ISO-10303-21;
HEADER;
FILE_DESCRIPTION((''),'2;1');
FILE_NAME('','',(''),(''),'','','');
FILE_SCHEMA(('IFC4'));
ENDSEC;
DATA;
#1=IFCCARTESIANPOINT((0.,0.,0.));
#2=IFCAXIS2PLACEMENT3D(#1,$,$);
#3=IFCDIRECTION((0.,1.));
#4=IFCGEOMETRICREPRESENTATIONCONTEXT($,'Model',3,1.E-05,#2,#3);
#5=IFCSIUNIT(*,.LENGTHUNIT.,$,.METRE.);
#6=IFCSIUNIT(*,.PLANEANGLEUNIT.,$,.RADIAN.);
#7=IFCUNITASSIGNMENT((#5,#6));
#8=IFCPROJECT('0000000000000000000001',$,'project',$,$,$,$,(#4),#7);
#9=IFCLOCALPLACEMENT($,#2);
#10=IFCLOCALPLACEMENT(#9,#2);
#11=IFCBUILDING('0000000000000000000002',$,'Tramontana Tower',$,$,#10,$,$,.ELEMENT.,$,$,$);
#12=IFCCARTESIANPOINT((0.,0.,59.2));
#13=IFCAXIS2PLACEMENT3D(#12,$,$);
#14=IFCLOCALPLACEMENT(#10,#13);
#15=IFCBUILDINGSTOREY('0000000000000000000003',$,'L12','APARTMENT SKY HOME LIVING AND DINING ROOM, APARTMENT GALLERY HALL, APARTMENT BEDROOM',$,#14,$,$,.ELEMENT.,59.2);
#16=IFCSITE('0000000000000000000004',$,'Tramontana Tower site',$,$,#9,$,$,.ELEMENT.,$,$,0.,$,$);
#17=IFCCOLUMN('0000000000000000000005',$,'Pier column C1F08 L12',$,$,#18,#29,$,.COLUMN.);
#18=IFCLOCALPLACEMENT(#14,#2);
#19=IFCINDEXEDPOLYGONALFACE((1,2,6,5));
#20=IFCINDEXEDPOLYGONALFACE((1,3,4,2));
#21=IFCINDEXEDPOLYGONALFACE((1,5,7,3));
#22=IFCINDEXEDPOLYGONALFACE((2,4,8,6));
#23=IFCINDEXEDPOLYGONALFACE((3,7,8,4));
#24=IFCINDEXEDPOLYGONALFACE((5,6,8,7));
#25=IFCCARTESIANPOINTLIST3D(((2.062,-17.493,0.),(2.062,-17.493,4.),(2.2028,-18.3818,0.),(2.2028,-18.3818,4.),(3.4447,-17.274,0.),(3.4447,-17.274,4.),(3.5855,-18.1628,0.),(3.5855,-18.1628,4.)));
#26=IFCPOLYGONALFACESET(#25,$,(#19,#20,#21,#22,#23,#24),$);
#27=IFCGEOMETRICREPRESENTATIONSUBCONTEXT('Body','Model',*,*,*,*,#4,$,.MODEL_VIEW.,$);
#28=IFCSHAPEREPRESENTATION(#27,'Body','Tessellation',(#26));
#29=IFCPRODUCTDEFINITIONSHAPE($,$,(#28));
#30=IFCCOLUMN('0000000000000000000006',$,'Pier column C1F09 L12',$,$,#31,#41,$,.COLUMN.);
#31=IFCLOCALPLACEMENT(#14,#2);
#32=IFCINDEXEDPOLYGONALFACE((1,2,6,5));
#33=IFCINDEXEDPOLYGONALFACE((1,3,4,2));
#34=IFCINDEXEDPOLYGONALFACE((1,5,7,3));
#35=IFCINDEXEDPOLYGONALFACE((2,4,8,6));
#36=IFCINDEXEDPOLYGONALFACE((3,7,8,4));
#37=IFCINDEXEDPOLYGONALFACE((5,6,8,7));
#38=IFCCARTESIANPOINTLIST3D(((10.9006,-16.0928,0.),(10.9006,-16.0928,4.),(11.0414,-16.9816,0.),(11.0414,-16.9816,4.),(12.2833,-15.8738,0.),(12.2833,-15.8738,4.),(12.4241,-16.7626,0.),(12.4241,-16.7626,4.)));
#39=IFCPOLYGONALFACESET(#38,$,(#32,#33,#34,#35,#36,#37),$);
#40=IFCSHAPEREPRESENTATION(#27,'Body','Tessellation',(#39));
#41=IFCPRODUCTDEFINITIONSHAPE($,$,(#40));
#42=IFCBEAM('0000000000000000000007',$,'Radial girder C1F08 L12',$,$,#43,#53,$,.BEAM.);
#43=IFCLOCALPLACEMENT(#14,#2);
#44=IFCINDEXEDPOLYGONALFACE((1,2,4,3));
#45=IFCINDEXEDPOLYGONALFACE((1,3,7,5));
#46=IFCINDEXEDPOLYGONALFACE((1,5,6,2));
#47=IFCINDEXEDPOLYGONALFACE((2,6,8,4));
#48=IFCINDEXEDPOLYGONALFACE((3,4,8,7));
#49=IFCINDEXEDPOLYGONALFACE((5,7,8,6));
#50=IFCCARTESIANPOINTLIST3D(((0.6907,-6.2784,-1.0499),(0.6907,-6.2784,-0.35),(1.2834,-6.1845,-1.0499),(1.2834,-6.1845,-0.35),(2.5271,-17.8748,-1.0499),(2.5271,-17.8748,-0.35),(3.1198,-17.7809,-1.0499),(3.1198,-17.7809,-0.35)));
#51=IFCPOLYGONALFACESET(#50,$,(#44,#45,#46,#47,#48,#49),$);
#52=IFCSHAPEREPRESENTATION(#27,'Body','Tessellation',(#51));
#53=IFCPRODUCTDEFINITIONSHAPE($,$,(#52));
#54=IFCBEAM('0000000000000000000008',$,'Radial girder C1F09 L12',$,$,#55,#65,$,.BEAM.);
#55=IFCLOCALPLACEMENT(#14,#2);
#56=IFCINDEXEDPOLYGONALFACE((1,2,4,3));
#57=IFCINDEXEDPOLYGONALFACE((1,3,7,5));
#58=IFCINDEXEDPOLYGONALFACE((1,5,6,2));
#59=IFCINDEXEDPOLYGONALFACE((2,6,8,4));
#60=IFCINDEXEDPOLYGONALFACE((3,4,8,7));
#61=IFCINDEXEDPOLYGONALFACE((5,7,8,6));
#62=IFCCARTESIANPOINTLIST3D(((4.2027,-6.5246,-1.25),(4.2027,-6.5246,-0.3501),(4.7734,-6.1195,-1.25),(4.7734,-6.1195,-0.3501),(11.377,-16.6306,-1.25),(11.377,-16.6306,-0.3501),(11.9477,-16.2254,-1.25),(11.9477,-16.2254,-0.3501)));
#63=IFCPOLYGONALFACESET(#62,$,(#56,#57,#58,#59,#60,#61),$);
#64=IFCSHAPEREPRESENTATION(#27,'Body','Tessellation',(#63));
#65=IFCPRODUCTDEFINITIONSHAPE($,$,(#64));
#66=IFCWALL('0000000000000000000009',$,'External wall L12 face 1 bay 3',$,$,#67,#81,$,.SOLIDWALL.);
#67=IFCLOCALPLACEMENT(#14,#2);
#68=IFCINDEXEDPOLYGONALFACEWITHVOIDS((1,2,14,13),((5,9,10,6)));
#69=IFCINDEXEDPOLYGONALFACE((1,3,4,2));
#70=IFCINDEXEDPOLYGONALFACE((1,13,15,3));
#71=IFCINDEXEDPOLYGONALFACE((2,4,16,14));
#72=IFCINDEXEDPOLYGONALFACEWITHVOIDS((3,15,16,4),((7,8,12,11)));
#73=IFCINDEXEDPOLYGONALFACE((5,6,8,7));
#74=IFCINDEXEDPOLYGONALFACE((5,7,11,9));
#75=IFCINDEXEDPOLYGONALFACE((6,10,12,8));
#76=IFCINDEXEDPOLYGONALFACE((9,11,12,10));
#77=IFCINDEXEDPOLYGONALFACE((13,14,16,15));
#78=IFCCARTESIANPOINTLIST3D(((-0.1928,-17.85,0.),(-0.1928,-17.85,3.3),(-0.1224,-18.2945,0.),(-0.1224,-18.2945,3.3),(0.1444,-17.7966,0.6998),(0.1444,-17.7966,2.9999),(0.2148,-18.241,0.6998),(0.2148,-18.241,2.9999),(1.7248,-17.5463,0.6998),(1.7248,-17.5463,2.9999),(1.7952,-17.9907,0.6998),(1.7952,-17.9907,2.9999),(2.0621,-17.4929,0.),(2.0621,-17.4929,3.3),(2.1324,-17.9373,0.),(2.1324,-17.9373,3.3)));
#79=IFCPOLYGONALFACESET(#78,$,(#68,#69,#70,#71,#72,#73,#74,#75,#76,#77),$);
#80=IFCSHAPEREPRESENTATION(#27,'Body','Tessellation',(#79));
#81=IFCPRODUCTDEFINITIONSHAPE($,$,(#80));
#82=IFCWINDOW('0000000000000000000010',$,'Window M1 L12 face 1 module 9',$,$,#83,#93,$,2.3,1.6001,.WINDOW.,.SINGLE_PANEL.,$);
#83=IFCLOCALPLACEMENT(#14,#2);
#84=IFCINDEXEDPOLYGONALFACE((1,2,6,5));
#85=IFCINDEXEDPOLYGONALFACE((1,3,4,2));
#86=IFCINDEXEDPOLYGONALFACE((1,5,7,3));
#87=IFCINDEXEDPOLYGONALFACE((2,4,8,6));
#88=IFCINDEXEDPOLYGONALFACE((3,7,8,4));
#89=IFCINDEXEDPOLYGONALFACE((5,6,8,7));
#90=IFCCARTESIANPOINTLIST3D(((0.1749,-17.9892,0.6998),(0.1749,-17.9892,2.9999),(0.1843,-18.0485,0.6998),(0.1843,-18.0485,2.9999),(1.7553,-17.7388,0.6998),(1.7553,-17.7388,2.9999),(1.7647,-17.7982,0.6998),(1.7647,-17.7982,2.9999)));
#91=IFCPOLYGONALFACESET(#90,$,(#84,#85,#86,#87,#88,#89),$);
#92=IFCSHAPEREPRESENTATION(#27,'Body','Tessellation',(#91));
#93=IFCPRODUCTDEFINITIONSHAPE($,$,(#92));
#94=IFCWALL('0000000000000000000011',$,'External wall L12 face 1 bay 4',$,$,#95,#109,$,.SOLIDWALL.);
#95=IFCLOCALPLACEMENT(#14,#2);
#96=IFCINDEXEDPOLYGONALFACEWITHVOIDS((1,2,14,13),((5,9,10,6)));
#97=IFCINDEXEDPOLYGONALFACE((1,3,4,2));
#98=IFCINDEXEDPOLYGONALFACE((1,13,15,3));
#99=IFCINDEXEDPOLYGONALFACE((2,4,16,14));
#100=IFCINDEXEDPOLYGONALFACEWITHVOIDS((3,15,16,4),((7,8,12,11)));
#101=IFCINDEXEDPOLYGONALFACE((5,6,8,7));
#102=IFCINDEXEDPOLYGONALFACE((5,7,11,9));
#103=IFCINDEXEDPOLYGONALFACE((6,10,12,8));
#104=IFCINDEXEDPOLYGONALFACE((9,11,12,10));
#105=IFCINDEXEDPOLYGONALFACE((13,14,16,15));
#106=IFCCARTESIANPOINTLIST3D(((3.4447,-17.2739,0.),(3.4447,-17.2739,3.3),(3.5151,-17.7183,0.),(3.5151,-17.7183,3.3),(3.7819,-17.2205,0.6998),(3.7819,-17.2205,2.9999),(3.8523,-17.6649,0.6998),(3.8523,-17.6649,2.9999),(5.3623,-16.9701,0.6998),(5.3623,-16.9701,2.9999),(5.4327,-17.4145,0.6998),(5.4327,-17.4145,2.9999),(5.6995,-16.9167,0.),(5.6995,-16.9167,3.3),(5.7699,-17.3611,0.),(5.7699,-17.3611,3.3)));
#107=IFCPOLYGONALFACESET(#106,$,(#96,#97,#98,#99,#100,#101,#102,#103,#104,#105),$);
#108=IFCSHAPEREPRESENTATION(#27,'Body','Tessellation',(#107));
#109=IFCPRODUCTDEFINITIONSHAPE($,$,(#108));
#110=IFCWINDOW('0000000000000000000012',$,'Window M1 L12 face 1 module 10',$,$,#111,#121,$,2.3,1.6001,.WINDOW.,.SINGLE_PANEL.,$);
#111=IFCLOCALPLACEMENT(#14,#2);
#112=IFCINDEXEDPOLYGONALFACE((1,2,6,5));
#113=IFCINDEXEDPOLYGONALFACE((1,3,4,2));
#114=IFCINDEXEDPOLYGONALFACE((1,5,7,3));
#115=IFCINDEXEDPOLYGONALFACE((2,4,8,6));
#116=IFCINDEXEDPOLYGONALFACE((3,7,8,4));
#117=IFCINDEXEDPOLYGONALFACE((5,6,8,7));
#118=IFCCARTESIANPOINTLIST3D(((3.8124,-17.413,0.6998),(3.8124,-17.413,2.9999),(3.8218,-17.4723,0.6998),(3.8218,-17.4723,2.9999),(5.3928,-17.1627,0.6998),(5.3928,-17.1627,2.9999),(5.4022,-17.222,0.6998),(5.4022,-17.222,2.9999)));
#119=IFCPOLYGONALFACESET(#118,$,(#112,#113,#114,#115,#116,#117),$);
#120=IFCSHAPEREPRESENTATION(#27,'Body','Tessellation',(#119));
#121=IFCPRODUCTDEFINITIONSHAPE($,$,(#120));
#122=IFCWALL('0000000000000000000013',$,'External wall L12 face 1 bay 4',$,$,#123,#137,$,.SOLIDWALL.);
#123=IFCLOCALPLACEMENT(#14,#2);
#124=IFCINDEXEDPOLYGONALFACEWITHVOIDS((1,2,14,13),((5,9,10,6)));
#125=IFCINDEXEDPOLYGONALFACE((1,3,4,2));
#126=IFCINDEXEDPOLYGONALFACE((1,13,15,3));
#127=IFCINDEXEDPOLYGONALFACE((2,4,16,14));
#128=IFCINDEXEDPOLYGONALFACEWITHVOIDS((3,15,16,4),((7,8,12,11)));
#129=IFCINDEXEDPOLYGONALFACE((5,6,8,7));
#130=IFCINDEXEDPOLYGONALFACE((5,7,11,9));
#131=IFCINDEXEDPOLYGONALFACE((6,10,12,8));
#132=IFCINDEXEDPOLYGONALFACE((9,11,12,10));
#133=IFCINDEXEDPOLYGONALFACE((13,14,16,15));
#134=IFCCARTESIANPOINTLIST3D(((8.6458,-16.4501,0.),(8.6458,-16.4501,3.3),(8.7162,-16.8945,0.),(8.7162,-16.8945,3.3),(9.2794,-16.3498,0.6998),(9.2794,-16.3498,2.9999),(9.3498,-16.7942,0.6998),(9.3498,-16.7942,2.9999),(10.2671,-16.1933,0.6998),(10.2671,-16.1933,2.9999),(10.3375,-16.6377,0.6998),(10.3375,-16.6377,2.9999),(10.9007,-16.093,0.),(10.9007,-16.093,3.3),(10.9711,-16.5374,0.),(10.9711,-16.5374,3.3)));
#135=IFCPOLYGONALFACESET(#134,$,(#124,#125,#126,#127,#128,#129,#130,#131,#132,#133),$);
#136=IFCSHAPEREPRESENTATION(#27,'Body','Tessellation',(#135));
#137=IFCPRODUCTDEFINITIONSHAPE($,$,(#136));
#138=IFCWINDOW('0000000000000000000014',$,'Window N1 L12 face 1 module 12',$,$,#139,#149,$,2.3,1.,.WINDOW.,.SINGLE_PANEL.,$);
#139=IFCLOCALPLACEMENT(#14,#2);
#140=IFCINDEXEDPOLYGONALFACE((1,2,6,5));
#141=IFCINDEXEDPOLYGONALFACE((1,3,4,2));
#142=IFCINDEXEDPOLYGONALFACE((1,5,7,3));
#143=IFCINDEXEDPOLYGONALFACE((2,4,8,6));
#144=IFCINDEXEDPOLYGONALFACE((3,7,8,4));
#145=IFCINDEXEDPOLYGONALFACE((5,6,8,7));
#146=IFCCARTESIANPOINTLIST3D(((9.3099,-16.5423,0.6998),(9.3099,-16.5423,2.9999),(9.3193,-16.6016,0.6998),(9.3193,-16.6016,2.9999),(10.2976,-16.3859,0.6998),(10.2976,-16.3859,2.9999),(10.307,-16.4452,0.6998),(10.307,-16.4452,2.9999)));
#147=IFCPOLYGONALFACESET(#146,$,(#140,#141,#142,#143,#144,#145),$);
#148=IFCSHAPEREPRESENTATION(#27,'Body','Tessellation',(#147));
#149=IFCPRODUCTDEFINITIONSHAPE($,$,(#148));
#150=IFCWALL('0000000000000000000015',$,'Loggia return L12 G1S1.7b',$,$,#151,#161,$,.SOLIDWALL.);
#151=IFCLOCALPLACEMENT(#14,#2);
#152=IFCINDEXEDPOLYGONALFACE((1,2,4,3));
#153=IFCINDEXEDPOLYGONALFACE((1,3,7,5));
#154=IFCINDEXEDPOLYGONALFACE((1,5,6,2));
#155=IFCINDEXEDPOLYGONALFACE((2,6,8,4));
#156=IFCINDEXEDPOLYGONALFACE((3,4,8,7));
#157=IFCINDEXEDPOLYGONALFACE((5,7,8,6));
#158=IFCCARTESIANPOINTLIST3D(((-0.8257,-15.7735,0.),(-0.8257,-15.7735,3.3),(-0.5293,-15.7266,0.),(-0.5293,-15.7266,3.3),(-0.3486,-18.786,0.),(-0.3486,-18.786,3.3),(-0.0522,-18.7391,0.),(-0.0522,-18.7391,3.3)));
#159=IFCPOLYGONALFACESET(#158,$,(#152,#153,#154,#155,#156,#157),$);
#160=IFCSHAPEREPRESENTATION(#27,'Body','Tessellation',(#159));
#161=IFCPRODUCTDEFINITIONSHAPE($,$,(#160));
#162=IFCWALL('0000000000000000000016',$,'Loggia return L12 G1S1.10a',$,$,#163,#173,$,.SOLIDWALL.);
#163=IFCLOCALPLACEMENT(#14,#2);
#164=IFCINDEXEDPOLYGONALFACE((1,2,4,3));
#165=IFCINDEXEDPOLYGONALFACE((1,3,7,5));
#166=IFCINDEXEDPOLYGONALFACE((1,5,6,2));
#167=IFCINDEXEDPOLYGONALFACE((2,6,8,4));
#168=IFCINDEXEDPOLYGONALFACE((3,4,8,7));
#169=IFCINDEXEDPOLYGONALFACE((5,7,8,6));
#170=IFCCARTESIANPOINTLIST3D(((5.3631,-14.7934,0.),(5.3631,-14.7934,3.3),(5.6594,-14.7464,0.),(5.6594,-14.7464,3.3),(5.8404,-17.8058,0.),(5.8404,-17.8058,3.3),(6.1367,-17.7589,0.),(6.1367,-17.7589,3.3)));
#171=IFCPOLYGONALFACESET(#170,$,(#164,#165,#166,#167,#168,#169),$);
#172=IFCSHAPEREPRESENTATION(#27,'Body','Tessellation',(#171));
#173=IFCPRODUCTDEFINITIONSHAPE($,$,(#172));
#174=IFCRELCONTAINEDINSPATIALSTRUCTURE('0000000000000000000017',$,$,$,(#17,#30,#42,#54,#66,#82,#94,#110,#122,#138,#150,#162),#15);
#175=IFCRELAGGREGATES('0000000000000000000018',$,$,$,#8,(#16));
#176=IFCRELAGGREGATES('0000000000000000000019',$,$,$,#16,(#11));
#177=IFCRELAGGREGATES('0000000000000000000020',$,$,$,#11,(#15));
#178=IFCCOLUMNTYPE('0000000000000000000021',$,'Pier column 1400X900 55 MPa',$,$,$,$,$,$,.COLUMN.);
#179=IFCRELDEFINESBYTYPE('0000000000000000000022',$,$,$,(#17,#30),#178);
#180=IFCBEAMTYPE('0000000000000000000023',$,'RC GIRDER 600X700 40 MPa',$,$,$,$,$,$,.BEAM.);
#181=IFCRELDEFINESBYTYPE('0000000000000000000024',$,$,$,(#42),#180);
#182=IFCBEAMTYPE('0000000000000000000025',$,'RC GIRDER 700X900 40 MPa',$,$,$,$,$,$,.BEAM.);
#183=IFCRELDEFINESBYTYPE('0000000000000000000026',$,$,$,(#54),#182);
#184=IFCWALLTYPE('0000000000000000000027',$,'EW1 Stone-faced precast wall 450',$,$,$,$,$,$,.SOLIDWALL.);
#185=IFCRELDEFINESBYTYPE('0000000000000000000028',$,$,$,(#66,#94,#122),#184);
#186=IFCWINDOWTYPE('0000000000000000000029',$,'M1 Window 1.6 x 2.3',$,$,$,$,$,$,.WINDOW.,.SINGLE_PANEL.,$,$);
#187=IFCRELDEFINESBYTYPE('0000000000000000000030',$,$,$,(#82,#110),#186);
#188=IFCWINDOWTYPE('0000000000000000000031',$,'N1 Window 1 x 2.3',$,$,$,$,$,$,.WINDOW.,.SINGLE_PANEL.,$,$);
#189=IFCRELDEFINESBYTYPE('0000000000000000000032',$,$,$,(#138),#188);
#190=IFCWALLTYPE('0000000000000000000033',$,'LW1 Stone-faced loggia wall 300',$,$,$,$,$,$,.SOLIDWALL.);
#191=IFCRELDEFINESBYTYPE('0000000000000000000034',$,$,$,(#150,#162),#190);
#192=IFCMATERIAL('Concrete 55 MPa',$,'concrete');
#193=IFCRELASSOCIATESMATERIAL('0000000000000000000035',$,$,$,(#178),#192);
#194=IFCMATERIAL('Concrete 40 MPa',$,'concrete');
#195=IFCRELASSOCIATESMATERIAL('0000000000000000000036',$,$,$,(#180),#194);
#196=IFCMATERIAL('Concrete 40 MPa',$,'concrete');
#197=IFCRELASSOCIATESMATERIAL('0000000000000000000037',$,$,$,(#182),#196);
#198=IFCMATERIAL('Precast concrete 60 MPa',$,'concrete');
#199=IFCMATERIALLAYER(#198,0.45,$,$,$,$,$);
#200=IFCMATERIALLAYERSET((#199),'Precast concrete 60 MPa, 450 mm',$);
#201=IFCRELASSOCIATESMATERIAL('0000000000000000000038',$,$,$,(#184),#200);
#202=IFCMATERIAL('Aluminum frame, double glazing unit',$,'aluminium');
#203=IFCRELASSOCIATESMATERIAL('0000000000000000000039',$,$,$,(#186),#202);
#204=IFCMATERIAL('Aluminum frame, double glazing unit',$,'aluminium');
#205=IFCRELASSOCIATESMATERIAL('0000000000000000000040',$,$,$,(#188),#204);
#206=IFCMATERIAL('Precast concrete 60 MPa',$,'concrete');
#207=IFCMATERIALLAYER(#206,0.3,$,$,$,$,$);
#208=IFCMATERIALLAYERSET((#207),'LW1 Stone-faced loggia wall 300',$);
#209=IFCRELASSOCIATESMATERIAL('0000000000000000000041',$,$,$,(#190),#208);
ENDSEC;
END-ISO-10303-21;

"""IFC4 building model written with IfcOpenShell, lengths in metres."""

from ifc_helpers import new_model, si_unit, direction, frame, frame_2d, origin, origin_2d, place, context, subcontext, project, spatial, rectangle, extrude, material, layer, layer_set, material_profile, profile_set, type_object, element, fill, save


model = new_model("IFC4")

# Units and contexts
model_context = context("Model", 3, precision=1e-05, world=origin(), true_north=direction((0.0, 1.0)))
body_context = subcontext(model_context, "Body", "Model", "MODEL_VIEW")
ifc_project = project(units=[si_unit("LENGTHUNIT", "METRE"), si_unit("PLANEANGLEUNIT", "RADIAN")], contexts=[model_context])

# Site, building, storey
site_placement = place(None, origin())
site = spatial("IfcSite", under=ifc_project, at=site_placement, Name="Tramontana Tower site", CompositionType="ELEMENT", RefElevation=0.0)
building_placement = place(site_placement, origin())
building = spatial("IfcBuilding", under=site, at=building_placement, Name="Tramontana Tower", CompositionType="ELEMENT")
storey_placement = place(building_placement, frame((0.0, 0.0, 59.2)))
storey = spatial("IfcBuildingStorey", under=building, at=storey_placement, Name="L12", Description="APARTMENT SKY HOME LIVING AND DINING ROOM, APARTMENT GALLERY HALL, APARTMENT BEDROOM", CompositionType="ELEMENT", Elevation=59.2)

# Columns
ifc_material_1 = material(Name="Concrete 55 MPa", Category="concrete")
ifc_material_profile_1 = material_profile(ifc_material_1, rectangle(XDim=1.3999, YDim=0.8999, at=origin_2d()), Name="Pier column 1400X900 55 MPa")
ifc_profile_set_1 = profile_set([ifc_material_profile_1], Name="Concrete 55 MPa")
column_type = type_object("IfcColumnType", Name="Pier column 1400X900 55 MPa", PredefinedType="COLUMN", material=ifc_profile_set_1)
for number, where, z_axis, x_axis, name in (
    (1, (2.8237, -17.8279, 0.0), (0.0, 0.0, 1.0), (0.987688, 0.156434, 0.0), "Pier column C1F08 L12"),
    (2, (11.6624, -16.4277, 0.0), (0.0, 0.0, 1.0), (0.987688, 0.156434, 0.0), "Pier column C1F09 L12"),
):
    element("IfcColumn", number, at=place(storey_placement, frame(where, z_axis=z_axis, x_axis=x_axis)), inside=storey, type_object=column_type, Name=name, PredefinedType="COLUMN", context=body_context, shape_type="SweptSolid", body=[
        extrude(rectangle(XDim=1.3999, YDim=0.8999, at=origin_2d()), origin(), (0.0, 0.0, 1.0), 4.0),
    ])

# Beams
ifc_material_2 = material(Name="Concrete 40 MPa", Category="concrete")
ifc_material_profile_2 = material_profile(ifc_material_2, rectangle(XDim=0.6001, YDim=0.7, at=origin_2d()), Name="RC GIRDER 600X700 40 MPa")
ifc_profile_set_2 = profile_set([ifc_material_profile_2], Name="Concrete 40 MPa")
beam_type_1 = type_object("IfcBeamType", Name="RC GIRDER 600X700 40 MPa", PredefinedType="BEAM", material=ifc_profile_set_2)
beam_1_placement = place(storey_placement, frame((2.8235, -17.8279, -0.7), z_axis=(-0.156412, 0.987692, 0.0), x_axis=(-0.987692, -0.156412, 0.0)))
element("IfcBeam", 3, at=beam_1_placement, inside=storey, type_object=beam_type_1, Name="Radial girder C1F08 L12", PredefinedType="BEAM", context=body_context, shape_type="SweptSolid", body=[
    extrude(rectangle(XDim=0.6001, YDim=0.7, at=origin_2d()), origin(), (0.0, 0.0, 1.0), 11.741),
])
ifc_material_3 = material(Name="Concrete 40 MPa", Category="concrete")
ifc_material_profile_3 = material_profile(ifc_material_3, rectangle(XDim=0.7, YDim=0.8999, at=origin_2d()), Name="RC GIRDER 700X900 40 MPa")
ifc_profile_set_3 = profile_set([ifc_material_profile_3], Name="Concrete 40 MPa")
beam_type_2 = type_object("IfcBeamType", Name="RC GIRDER 700X900 40 MPa", PredefinedType="BEAM", material=ifc_profile_set_3)
beam_2_placement = place(storey_placement, frame((11.6624, -16.428, -0.8), z_axis=(-0.578873, 0.815418, 0.0), x_axis=(-0.815418, -0.578873, 0.0)))
element("IfcBeam", 4, at=beam_2_placement, inside=storey, type_object=beam_type_2, Name="Radial girder C1F09 L12", PredefinedType="BEAM", context=body_context, shape_type="SweptSolid", body=[
    extrude(rectangle(XDim=0.7, YDim=0.8999, at=origin_2d()), origin(), (0.0, 0.0, 1.0), 12.3936),
])

# Walls, openings, windows
ifc_material_4 = material(Name="Precast concrete 60 MPa", Category="concrete")
ifc_layer_1 = layer(ifc_material_4, 0.45)
ifc_layer_set_1 = layer_set([ifc_layer_1], Name="Precast concrete 60 MPa, 450 mm")
wall_type_1 = type_object("IfcWallType", Name="EW1 Stone-faced precast wall 450", PredefinedType="SOLIDWALL", material=ifc_layer_set_1)
wall_1_placement = place(storey_placement, frame((-0.1577, -18.0723, 0.0), z_axis=(0.0, 0.0, 1.0), x_axis=(0.987686, 0.156451, 0.0)))
wall_1 = element("IfcWall", 5, at=wall_1_placement, inside=storey, type_object=wall_type_1, Name="External wall L12 face 1 bay 3", PredefinedType="SOLIDWALL", context=body_context, shape_type="SweptSolid", body=[
    extrude(rectangle(XDim=2.283, YDim=0.45, at=frame_2d((1.1416, 0.0))), origin(), (0.0, 0.0, 1.0), 3.3),
])
opening_1_placement = place(wall_1_placement, frame((0.3416, 0.0, 0.7)))
opening_1 = element("IfcOpeningElement", 6, at=opening_1_placement, cuts=wall_1, PredefinedType="OPENING", context=body_context, shape_type="SweptSolid", body=[
    extrude(rectangle(XDim=1.6001, YDim=2.3, at=frame_2d((0.8, 1.1499))), frame((0.0, 0.2349, 0.0), z_axis=(0.0, -1.0, 0.0), x_axis=(1.0, 0.0, 0.0)), (0.0, 0.0, 1.0), 0.47),
])
ifc_material_5 = material(Name="Aluminum frame, double glazing unit", Category="aluminium")
window_type_1 = type_object("IfcWindowType", Name="M1 Window 1.6 x 2.3", PartitioningType="SINGLE_PANEL", PredefinedType="WINDOW", material=ifc_material_5)
window_1_placement = place(opening_1_placement, origin())
window_1 = element("IfcWindow", 7, at=window_1_placement, inside=storey, type_object=window_type_1, Name="Window M1 L12 face 1 module 9", OverallHeight=2.3, OverallWidth=1.6001, PartitioningType="SINGLE_PANEL", PredefinedType="WINDOW", context=body_context, shape_type="SweptSolid", body=[
    extrude(rectangle(XDim=1.6001, YDim=2.3, at=frame_2d((0.8, 1.1499))), frame((0.0, 0.03, 0.0), z_axis=(0.0, -1.0, 0.0), x_axis=(1.0, 0.0, 0.0)), (0.0, 0.0, 1.0), 0.0601),
])
fill(opening_1, window_1)
wall_2_placement = place(storey_placement, frame((3.4797, -17.4961, 0.0), z_axis=(0.0, 0.0, 1.0), x_axis=(0.987686, 0.156451, 0.0)))
wall_2 = element("IfcWall", 8, at=wall_2_placement, inside=storey, type_object=wall_type_1, Name="External wall L12 face 1 bay 4", PredefinedType="SOLIDWALL", context=body_context, shape_type="SweptSolid", body=[
    extrude(rectangle(XDim=2.283, YDim=0.45, at=frame_2d((1.1416, 0.0))), origin(), (0.0, 0.0, 1.0), 3.3),
])
opening_2_placement = place(wall_2_placement, frame((0.3416, 0.0, 0.7)))
opening_2 = element("IfcOpeningElement", 9, at=opening_2_placement, cuts=wall_2, PredefinedType="OPENING", context=body_context, shape_type="SweptSolid", body=[
    extrude(rectangle(XDim=1.6001, YDim=2.3, at=frame_2d((0.8, 1.1499))), frame((0.0, 0.2349, 0.0), z_axis=(0.0, -1.0, 0.0), x_axis=(1.0, 0.0, 0.0)), (0.0, 0.0, 1.0), 0.47),
])
window_2_placement = place(opening_2_placement, origin())
window_2 = element("IfcWindow", 10, at=window_2_placement, inside=storey, type_object=window_type_1, Name="Window M1 L12 face 1 module 10", OverallHeight=2.3, OverallWidth=1.6001, PartitioningType="SINGLE_PANEL", PredefinedType="WINDOW", context=body_context, shape_type="SweptSolid", body=[
    extrude(rectangle(XDim=1.6001, YDim=2.3, at=frame_2d((0.8, 1.1499))), frame((0.0, 0.03, 0.0), z_axis=(0.0, -1.0, 0.0), x_axis=(1.0, 0.0, 0.0)), (0.0, 0.0, 1.0), 0.0601),
])
fill(opening_2, window_2)
wall_3_placement = place(storey_placement, frame((8.6809, -16.6724, 0.0), z_axis=(0.0, 0.0, 1.0), x_axis=(0.987686, 0.156451, 0.0)))
wall_3 = element("IfcWall", 11, at=wall_3_placement, inside=storey, type_object=wall_type_1, Name="External wall L12 face 1 bay 4", PredefinedType="SOLIDWALL", context=body_context, shape_type="SweptSolid", body=[
    extrude(rectangle(XDim=2.283, YDim=0.45, at=frame_2d((1.1416, 0.0))), origin(), (0.0, 0.0, 1.0), 3.3),
])
opening_3_placement = place(wall_3_placement, frame((0.6416, 0.0, 0.7)))
opening_3 = element("IfcOpeningElement", 12, at=opening_3_placement, cuts=wall_3, PredefinedType="OPENING", context=body_context, shape_type="SweptSolid", body=[
    extrude(rectangle(XDim=1.0, YDim=2.3, at=frame_2d((0.5, 1.1499))), frame((0.0, 0.2349, 0.0), z_axis=(0.0, -1.0, 0.0), x_axis=(1.0, 0.0, 0.0)), (0.0, 0.0, 1.0), 0.47),
])
ifc_material_6 = material(Name="Aluminum frame, double glazing unit", Category="aluminium")
window_type_2 = type_object("IfcWindowType", Name="N1 Window 1 x 2.3", PartitioningType="SINGLE_PANEL", PredefinedType="WINDOW", material=ifc_material_6)
window_3_placement = place(opening_3_placement, origin())
window_3 = element("IfcWindow", 13, at=window_3_placement, inside=storey, type_object=window_type_2, Name="Window N1 L12 face 1 module 12", OverallHeight=2.3, OverallWidth=1.0, PartitioningType="SINGLE_PANEL", PredefinedType="WINDOW", context=body_context, shape_type="SweptSolid", body=[
    extrude(rectangle(XDim=1.0, YDim=2.3, at=frame_2d((0.5, 1.1499))), frame((0.0, 0.03, 0.0), z_axis=(0.0, -1.0, 0.0), x_axis=(1.0, 0.0, 0.0)), (0.0, 0.0, 1.0), 0.0601),
])
fill(opening_3, window_3)

# Wall
ifc_material_7 = material(Name="Precast concrete 60 MPa", Category="concrete")
ifc_layer_2 = layer(ifc_material_7, 0.3)
ifc_layer_set_2 = layer_set([ifc_layer_2], Name="LW1 Stone-faced loggia wall 300")
wall_type_2 = type_object("IfcWallType", Name="LW1 Stone-faced loggia wall 300", PredefinedType="SOLIDWALL", material=ifc_layer_set_2)
wall_4_placement = place(storey_placement, frame((-0.2004, -18.7625, 0.0), z_axis=(0.0, 0.0, 1.0), x_axis=(-0.156411, 0.987692, 0.0)))
element("IfcWall", 14, at=wall_4_placement, inside=storey, type_object=wall_type_2, Name="Loggia return L12 G1S1.7b", PredefinedType="SOLIDWALL", context=body_context, shape_type="SweptSolid", body=[
    extrude(rectangle(XDim=3.05, YDim=0.3, at=frame_2d((1.5249, 0.0))), origin(), (0.0, 0.0, 1.0), 3.3),
])

# Wall
for number, where, z_axis, x_axis, name in (
    (15, (5.9885, -17.7822, 0.0), (0.0, 0.0, 1.0), (-0.156489, 0.98768, 0.0), "Loggia return L12 G1S1.10a"),
):
    element("IfcWall", number, at=place(storey_placement, frame(where, z_axis=z_axis, x_axis=x_axis)), inside=storey, type_object=wall_type_2, Name=name, PredefinedType="SOLIDWALL", context=body_context, shape_type="SweptSolid", body=[
        extrude(rectangle(XDim=3.05, YDim=0.3, at=frame_2d((1.5249, 0.0))), origin(), (0.0, 0.0, 1.0), 3.3),
    ])

save(model, "model.ifc")
